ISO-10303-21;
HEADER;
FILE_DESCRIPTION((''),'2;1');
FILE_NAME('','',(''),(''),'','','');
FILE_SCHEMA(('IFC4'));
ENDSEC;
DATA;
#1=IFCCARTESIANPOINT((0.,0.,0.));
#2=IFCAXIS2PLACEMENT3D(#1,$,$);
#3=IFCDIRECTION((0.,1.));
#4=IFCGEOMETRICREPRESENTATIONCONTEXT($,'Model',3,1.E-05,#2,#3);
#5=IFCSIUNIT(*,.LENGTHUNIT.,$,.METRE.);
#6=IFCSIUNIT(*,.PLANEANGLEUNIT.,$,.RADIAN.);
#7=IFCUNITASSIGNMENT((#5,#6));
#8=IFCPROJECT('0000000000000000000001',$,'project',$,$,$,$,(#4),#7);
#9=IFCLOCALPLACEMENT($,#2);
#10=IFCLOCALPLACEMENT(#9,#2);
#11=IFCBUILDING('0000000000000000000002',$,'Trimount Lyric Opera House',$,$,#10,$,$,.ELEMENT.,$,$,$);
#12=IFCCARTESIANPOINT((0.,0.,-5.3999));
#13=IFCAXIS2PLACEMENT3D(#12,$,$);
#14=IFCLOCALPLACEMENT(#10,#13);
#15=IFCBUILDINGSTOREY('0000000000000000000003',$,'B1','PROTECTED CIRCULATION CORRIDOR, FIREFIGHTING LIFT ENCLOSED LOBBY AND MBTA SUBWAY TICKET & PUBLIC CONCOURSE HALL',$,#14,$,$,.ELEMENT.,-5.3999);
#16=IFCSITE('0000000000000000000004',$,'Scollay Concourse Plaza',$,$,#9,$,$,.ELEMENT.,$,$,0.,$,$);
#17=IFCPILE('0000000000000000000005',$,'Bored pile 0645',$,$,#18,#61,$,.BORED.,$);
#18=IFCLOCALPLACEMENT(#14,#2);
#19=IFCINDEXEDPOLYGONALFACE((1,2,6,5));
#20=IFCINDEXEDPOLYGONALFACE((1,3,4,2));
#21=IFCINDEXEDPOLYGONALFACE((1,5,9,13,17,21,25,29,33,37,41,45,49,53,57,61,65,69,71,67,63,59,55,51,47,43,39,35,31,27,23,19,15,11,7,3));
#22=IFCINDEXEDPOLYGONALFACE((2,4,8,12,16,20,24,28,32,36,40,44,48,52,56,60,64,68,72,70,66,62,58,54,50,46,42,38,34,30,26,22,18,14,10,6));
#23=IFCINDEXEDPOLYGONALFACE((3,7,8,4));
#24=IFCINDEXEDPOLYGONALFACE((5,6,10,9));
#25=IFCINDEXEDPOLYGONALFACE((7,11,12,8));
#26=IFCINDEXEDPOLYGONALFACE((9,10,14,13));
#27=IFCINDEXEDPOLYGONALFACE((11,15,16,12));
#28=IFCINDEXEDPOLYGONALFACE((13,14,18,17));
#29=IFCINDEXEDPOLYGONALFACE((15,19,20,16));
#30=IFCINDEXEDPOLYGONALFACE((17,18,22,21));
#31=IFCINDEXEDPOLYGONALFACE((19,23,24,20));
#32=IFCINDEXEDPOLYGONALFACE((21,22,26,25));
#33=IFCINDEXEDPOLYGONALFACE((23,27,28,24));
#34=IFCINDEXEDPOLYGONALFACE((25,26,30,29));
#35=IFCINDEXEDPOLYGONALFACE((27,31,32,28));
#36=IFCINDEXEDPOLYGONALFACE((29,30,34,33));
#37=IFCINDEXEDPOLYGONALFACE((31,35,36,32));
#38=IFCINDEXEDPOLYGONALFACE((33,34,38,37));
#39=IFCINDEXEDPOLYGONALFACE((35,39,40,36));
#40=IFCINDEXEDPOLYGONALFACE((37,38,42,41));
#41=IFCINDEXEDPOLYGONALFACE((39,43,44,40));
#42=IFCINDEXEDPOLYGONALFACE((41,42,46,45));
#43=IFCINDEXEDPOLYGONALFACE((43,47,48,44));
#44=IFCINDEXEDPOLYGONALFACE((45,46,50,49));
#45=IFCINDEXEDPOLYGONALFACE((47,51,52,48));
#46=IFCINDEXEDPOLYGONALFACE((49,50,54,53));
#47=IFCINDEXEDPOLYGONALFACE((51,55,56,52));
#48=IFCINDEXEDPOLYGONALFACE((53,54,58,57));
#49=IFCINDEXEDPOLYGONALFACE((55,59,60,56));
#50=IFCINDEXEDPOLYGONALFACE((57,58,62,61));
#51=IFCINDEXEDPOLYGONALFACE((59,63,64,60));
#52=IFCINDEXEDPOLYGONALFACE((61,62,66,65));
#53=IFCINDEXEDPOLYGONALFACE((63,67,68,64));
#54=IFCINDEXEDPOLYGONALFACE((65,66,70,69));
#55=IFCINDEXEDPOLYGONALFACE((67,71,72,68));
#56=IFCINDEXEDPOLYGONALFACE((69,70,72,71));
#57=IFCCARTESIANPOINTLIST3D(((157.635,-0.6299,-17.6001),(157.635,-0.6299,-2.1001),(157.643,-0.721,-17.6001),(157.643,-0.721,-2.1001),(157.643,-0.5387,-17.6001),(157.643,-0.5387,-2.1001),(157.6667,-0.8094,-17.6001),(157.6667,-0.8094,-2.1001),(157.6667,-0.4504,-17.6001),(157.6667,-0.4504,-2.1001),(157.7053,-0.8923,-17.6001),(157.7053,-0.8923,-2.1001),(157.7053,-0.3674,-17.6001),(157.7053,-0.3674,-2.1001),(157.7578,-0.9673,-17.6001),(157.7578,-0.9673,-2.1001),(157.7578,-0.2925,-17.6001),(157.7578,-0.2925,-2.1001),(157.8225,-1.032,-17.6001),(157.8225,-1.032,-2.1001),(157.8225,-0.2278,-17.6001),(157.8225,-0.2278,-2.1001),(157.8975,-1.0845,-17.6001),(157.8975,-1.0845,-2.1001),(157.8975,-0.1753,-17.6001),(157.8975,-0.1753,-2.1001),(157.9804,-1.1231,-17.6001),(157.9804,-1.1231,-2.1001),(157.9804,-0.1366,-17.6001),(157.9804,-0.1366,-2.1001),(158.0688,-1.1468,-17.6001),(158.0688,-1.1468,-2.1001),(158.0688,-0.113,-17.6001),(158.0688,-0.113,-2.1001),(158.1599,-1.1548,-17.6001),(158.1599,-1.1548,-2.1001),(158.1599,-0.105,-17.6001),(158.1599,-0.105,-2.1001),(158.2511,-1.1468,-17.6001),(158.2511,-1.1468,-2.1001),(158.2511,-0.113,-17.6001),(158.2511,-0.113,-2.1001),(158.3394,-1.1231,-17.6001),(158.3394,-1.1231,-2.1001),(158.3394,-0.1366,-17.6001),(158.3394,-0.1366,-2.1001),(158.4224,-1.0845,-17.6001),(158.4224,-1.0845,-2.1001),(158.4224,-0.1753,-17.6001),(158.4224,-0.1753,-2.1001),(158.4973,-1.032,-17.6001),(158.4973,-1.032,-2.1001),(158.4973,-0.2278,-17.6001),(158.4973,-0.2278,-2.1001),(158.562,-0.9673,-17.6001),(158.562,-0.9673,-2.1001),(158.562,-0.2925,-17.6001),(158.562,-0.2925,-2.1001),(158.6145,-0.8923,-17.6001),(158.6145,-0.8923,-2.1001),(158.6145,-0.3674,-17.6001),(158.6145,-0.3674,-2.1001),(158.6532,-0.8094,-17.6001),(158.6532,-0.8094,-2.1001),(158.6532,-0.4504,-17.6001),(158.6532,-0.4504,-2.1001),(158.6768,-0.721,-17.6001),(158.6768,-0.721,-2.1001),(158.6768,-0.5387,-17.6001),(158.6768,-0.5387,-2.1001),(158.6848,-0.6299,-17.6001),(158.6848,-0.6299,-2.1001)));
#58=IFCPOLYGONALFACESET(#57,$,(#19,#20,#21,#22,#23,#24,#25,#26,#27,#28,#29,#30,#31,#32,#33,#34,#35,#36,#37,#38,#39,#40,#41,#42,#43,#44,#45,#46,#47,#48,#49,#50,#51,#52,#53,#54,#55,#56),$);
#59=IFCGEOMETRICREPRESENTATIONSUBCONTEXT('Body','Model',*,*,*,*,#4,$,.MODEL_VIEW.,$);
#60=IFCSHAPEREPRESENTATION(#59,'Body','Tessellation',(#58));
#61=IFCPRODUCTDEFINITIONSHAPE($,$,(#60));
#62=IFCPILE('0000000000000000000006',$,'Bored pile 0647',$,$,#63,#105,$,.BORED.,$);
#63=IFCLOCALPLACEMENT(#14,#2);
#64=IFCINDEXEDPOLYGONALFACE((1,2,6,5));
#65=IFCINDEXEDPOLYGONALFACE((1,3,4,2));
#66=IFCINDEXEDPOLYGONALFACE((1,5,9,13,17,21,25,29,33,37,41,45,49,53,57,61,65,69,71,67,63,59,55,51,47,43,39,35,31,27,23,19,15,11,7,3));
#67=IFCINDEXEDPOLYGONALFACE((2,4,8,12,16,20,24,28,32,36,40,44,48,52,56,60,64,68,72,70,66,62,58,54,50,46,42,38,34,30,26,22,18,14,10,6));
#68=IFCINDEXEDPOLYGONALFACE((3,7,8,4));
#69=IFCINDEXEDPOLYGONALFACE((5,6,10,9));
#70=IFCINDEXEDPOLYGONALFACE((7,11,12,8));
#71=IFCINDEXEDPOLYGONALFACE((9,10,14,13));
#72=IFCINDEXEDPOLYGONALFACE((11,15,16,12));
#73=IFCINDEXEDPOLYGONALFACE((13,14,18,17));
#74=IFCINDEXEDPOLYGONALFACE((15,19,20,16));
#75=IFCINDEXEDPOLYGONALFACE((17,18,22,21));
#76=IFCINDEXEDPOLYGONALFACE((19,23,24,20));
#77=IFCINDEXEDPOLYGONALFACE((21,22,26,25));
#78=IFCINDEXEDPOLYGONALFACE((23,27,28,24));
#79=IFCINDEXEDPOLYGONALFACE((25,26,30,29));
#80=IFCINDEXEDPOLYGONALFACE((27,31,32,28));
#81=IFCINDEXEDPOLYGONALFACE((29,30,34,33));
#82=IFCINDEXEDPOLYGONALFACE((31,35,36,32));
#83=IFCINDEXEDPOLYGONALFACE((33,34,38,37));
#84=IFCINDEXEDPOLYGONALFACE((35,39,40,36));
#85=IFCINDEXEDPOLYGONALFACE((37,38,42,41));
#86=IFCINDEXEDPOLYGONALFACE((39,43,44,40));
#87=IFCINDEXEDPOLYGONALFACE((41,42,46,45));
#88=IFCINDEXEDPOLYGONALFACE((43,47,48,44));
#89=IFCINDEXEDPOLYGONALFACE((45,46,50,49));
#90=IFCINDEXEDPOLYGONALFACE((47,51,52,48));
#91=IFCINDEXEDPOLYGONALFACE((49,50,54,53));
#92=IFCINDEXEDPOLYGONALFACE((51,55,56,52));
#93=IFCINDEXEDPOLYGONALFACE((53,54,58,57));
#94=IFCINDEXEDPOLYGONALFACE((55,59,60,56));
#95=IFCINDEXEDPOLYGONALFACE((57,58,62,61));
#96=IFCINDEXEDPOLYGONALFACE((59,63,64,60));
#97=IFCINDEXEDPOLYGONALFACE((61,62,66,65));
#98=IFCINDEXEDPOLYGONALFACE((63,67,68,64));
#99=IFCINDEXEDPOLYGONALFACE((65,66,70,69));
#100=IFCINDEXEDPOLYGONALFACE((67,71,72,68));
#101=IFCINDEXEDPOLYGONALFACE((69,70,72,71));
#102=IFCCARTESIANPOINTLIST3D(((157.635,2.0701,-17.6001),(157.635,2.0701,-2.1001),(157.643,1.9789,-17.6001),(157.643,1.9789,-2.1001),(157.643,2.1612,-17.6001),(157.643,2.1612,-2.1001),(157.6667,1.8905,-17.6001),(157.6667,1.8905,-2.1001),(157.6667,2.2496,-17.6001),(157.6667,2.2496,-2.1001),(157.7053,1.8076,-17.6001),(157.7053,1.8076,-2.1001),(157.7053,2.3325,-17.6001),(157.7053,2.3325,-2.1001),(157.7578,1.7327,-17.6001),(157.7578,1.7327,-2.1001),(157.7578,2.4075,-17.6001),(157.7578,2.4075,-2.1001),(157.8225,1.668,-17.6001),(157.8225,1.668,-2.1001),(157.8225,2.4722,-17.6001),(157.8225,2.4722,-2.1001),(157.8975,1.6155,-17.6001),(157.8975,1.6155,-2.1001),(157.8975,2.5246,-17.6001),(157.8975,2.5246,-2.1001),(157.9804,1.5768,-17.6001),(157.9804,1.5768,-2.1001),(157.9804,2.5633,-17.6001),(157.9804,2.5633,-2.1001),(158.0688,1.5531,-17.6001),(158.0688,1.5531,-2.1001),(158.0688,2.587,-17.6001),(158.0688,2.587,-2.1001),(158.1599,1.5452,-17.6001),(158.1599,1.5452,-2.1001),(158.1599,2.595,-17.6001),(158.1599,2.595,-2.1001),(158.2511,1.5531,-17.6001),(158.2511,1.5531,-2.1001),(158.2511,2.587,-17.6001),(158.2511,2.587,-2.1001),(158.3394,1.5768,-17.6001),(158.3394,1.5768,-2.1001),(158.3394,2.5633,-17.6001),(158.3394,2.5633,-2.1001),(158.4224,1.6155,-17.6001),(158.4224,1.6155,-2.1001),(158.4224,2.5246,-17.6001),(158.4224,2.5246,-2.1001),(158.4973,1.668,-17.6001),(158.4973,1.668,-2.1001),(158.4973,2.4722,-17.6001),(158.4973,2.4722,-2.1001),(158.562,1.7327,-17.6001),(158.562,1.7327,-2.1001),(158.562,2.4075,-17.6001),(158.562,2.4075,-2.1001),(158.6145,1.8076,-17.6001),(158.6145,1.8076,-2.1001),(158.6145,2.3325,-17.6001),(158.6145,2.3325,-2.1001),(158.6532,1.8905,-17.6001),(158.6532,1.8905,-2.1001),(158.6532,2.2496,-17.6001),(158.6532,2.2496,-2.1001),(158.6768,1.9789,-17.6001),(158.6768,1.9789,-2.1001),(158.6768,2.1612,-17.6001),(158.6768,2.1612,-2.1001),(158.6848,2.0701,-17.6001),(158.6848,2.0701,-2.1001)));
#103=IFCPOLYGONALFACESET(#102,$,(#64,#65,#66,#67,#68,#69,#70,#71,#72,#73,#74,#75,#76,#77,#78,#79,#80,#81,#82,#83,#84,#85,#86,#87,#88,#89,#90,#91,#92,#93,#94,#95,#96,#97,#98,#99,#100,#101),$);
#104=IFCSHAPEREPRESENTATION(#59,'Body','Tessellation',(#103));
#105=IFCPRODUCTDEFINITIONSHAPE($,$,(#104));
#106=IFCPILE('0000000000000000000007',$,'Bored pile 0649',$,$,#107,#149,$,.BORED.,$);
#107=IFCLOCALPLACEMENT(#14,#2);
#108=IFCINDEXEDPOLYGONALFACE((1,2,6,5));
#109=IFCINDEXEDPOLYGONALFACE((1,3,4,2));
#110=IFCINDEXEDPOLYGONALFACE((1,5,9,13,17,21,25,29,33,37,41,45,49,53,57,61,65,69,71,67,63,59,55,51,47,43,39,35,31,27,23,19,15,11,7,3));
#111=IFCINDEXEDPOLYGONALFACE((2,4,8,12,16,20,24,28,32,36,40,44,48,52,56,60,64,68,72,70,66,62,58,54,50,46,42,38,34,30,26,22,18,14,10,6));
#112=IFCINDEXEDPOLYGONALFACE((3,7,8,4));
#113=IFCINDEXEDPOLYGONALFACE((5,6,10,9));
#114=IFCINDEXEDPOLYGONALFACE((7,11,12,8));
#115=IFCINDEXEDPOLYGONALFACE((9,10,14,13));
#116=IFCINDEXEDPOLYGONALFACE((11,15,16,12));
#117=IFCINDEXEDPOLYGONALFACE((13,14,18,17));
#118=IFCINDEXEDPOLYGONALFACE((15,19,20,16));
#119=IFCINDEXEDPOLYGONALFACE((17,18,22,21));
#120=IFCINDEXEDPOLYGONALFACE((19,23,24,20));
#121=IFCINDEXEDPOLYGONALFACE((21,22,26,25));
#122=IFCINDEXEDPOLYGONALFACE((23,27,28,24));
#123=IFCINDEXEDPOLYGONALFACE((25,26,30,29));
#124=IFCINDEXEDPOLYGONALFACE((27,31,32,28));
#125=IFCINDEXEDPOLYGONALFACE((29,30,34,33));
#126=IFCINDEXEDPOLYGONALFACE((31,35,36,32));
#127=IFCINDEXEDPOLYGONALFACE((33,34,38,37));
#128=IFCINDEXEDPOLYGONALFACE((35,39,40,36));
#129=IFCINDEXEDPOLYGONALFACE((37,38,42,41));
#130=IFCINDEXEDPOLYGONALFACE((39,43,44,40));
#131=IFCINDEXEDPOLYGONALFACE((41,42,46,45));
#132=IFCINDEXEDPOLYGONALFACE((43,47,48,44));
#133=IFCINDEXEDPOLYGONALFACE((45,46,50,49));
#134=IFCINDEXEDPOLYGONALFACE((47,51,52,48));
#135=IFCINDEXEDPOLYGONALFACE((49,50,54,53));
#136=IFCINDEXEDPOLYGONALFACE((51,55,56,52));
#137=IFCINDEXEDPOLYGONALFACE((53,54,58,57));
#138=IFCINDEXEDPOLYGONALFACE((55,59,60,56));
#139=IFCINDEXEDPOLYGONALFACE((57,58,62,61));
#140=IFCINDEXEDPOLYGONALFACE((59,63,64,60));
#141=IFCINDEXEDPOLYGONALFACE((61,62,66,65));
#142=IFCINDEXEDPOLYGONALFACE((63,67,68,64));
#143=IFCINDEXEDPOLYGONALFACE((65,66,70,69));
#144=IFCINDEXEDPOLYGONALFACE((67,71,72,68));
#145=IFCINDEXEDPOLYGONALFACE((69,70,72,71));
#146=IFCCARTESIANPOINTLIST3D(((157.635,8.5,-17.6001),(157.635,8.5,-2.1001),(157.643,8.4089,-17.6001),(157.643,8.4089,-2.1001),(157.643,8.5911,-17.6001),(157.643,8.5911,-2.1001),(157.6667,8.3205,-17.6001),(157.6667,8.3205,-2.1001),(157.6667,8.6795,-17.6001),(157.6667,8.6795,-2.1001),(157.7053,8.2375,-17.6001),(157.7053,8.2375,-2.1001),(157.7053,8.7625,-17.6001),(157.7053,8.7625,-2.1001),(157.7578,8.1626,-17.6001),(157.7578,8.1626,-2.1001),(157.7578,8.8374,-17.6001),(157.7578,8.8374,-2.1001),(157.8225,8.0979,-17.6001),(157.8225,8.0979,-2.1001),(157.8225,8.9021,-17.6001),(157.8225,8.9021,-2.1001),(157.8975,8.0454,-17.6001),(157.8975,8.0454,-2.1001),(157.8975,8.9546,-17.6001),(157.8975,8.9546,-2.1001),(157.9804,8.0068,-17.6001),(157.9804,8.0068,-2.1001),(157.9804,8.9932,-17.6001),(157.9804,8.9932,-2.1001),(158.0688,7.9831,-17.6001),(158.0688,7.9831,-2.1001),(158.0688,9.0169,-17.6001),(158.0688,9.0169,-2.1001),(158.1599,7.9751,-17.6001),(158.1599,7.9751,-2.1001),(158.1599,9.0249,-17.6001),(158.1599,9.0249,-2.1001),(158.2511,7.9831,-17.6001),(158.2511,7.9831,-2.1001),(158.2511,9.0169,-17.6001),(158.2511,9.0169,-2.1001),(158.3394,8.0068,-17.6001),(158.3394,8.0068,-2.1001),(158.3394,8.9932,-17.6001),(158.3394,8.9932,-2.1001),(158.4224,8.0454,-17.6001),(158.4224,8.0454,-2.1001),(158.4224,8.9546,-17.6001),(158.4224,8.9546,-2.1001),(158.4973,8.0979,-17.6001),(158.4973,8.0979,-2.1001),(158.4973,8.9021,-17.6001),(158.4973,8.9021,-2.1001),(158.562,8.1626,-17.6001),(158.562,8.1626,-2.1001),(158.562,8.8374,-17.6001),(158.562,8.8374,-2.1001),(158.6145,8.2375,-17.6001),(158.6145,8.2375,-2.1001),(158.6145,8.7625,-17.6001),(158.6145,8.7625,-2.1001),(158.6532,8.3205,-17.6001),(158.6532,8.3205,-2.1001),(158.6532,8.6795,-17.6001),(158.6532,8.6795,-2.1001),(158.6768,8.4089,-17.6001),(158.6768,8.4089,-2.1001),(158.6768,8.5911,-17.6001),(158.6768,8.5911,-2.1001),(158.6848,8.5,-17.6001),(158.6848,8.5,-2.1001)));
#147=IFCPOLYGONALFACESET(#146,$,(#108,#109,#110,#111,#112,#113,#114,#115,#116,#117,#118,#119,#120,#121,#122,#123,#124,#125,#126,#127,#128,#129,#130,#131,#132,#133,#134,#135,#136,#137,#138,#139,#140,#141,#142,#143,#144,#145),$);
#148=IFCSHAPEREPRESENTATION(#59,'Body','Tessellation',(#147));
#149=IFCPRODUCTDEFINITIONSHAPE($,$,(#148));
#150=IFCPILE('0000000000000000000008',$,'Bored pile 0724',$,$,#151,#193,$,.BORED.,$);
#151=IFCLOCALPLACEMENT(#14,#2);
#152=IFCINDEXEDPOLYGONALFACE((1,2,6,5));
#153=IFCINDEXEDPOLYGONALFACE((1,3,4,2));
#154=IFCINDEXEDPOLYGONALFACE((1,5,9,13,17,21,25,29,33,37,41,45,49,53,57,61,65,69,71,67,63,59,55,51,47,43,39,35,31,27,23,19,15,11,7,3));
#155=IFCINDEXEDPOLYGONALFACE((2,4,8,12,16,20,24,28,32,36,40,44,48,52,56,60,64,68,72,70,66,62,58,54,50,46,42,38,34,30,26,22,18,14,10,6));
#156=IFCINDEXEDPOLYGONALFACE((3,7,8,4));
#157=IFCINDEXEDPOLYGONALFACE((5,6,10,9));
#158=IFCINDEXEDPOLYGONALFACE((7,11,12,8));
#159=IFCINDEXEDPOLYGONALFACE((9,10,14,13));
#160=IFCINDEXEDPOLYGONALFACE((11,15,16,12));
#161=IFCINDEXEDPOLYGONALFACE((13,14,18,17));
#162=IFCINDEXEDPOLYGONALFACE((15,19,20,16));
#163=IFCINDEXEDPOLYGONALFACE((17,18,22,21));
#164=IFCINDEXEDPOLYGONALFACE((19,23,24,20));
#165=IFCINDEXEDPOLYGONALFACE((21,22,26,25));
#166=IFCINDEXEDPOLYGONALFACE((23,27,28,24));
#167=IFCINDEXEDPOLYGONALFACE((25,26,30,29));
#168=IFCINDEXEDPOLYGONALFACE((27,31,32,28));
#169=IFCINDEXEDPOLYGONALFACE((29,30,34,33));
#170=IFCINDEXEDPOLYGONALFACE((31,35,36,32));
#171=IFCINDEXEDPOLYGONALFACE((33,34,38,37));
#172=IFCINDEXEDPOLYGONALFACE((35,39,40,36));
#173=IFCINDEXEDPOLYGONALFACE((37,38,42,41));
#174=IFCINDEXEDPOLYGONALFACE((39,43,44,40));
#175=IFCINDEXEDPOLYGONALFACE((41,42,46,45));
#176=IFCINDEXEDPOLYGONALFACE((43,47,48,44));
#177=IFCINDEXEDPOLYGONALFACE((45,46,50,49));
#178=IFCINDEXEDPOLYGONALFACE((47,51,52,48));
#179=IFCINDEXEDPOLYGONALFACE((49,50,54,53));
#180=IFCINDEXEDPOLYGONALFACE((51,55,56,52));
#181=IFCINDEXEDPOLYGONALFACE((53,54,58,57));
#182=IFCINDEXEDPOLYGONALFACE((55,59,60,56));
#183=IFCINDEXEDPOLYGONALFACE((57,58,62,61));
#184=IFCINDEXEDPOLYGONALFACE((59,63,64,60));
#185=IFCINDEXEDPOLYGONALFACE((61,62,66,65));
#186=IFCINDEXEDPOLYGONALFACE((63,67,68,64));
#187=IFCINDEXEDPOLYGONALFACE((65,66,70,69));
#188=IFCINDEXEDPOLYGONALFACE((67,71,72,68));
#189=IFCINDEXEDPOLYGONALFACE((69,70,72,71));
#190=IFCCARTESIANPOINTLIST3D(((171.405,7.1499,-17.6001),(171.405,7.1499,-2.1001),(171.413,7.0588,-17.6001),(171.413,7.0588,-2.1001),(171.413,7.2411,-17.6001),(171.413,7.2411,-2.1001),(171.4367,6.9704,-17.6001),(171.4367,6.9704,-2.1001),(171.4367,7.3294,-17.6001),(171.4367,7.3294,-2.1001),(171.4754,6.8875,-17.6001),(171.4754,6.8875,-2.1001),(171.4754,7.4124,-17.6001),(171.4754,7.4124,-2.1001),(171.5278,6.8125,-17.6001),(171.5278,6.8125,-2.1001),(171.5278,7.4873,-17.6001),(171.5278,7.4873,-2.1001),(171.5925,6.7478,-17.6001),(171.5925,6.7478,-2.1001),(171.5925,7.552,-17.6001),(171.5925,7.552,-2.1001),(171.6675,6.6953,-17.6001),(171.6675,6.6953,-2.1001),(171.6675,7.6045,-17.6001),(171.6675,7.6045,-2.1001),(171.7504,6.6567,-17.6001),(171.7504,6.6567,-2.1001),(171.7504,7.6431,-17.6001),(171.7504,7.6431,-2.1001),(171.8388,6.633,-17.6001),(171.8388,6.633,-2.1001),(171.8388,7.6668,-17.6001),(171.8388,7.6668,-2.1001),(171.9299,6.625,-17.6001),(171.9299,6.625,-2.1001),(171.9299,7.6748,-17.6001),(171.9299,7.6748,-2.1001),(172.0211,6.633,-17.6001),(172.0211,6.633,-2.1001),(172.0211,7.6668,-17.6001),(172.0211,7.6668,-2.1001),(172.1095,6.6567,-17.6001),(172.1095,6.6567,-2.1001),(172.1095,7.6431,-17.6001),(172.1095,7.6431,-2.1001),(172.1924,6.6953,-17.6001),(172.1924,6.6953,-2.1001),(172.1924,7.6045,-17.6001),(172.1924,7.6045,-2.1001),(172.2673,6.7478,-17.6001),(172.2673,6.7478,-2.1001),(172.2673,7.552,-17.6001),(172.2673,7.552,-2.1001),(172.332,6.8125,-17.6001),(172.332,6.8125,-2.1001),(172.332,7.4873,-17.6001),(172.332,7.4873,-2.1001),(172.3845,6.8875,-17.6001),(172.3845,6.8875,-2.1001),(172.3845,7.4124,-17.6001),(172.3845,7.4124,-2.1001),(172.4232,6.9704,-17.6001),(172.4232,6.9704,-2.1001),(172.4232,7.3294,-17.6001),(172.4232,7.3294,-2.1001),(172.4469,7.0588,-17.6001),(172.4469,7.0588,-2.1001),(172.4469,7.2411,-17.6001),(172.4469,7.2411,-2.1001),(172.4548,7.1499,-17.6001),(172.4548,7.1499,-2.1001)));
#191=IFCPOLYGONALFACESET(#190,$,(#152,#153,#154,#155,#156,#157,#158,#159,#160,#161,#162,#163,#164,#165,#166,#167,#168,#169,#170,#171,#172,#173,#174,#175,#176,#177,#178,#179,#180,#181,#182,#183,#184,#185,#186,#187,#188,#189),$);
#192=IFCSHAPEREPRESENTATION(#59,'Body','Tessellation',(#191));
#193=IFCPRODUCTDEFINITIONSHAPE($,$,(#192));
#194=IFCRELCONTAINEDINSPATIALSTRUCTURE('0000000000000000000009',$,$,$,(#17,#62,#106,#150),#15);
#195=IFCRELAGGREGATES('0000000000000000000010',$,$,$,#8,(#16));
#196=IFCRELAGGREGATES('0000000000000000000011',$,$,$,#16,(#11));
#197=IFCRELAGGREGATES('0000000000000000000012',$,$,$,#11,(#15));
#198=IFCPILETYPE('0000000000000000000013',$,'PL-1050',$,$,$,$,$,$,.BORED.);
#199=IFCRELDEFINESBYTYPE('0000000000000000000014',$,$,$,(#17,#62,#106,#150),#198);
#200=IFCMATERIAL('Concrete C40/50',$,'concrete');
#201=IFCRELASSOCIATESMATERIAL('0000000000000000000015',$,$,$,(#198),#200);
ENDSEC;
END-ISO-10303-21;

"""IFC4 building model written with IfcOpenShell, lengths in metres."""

from ifc_helpers import new_model, si_unit, direction, frame, origin, origin_2d, place, context, subcontext, project, spatial, circle, extrude, material, material_profile, profile_set, type_object, element, save


model = new_model("IFC4")

# Units and contexts
model_context = context("Model", 3, precision=1e-05, world=origin(), true_north=direction((0.0, 1.0)))
body_context = subcontext(model_context, "Body", "Model", "MODEL_VIEW")
ifc_project = project(units=[si_unit("LENGTHUNIT", "METRE"), si_unit("PLANEANGLEUNIT", "RADIAN")], contexts=[model_context])

# Site, building, storey
site_placement = place(None, origin())
site = spatial("IfcSite", under=ifc_project, at=site_placement, Name="Scollay Concourse Plaza", CompositionType="ELEMENT", RefElevation=0.0)
building_placement = place(site_placement, origin())
building = spatial("IfcBuilding", under=site, at=building_placement, Name="Trimount Lyric Opera House", CompositionType="ELEMENT")
storey_placement = place(building_placement, frame((0.0, 0.0, -5.3999)))
storey = spatial("IfcBuildingStorey", under=building, at=storey_placement, Name="B1", Description="PROTECTED CIRCULATION CORRIDOR, FIREFIGHTING LIFT ENCLOSED LOBBY AND MBTA SUBWAY TICKET & PUBLIC CONCOURSE HALL", CompositionType="ELEMENT", Elevation=-5.3999)

# Piles
ifc_material_1 = material(Name="Concrete C40/50", Category="concrete")
ifc_material_profile_1 = material_profile(ifc_material_1, circle(Radius=0.5249, at=origin_2d()), Name="PILE-D1050")
ifc_profile_set_1 = profile_set([ifc_material_profile_1], Name="Concrete C40/50")
pile_type_1 = type_object("IfcPileType", Name="PL-1050", PredefinedType="BORED", material=ifc_profile_set_1)
for number, where, z_axis, x_axis, name in (
    (1, (158.1599, -0.6299, -2.1001), (0.0, 0.0, -1.0), (1.0, 0.0, 0.0), "Bored pile 0645"),
    (2, (158.1599, 2.0701, -2.1001), (0.0, 0.0, -1.0), (1.0, 0.0, 0.0), "Bored pile 0647"),
    (3, (158.1599, 8.5, -2.1001), (0.0, 0.0, -1.0), (1.0, 0.0, 0.0), "Bored pile 0649"),
    (4, (171.9299, 7.1499, -2.1001), (0.0, 0.0, -1.0), (1.0, 0.0, 0.0), "Bored pile 0724"),
):
    element("IfcPile", number, at=place(storey_placement, frame(where, z_axis=z_axis, x_axis=x_axis)), inside=storey, type_object=pile_type_1, Name=name, PredefinedType="BORED", context=body_context, shape_type="SweptSolid", body=[
        extrude(circle(Radius=0.5249, at=origin_2d()), origin(), (0.0, 0.0, 1.0), 15.5),
    ])

save(model, "model.ifc")
